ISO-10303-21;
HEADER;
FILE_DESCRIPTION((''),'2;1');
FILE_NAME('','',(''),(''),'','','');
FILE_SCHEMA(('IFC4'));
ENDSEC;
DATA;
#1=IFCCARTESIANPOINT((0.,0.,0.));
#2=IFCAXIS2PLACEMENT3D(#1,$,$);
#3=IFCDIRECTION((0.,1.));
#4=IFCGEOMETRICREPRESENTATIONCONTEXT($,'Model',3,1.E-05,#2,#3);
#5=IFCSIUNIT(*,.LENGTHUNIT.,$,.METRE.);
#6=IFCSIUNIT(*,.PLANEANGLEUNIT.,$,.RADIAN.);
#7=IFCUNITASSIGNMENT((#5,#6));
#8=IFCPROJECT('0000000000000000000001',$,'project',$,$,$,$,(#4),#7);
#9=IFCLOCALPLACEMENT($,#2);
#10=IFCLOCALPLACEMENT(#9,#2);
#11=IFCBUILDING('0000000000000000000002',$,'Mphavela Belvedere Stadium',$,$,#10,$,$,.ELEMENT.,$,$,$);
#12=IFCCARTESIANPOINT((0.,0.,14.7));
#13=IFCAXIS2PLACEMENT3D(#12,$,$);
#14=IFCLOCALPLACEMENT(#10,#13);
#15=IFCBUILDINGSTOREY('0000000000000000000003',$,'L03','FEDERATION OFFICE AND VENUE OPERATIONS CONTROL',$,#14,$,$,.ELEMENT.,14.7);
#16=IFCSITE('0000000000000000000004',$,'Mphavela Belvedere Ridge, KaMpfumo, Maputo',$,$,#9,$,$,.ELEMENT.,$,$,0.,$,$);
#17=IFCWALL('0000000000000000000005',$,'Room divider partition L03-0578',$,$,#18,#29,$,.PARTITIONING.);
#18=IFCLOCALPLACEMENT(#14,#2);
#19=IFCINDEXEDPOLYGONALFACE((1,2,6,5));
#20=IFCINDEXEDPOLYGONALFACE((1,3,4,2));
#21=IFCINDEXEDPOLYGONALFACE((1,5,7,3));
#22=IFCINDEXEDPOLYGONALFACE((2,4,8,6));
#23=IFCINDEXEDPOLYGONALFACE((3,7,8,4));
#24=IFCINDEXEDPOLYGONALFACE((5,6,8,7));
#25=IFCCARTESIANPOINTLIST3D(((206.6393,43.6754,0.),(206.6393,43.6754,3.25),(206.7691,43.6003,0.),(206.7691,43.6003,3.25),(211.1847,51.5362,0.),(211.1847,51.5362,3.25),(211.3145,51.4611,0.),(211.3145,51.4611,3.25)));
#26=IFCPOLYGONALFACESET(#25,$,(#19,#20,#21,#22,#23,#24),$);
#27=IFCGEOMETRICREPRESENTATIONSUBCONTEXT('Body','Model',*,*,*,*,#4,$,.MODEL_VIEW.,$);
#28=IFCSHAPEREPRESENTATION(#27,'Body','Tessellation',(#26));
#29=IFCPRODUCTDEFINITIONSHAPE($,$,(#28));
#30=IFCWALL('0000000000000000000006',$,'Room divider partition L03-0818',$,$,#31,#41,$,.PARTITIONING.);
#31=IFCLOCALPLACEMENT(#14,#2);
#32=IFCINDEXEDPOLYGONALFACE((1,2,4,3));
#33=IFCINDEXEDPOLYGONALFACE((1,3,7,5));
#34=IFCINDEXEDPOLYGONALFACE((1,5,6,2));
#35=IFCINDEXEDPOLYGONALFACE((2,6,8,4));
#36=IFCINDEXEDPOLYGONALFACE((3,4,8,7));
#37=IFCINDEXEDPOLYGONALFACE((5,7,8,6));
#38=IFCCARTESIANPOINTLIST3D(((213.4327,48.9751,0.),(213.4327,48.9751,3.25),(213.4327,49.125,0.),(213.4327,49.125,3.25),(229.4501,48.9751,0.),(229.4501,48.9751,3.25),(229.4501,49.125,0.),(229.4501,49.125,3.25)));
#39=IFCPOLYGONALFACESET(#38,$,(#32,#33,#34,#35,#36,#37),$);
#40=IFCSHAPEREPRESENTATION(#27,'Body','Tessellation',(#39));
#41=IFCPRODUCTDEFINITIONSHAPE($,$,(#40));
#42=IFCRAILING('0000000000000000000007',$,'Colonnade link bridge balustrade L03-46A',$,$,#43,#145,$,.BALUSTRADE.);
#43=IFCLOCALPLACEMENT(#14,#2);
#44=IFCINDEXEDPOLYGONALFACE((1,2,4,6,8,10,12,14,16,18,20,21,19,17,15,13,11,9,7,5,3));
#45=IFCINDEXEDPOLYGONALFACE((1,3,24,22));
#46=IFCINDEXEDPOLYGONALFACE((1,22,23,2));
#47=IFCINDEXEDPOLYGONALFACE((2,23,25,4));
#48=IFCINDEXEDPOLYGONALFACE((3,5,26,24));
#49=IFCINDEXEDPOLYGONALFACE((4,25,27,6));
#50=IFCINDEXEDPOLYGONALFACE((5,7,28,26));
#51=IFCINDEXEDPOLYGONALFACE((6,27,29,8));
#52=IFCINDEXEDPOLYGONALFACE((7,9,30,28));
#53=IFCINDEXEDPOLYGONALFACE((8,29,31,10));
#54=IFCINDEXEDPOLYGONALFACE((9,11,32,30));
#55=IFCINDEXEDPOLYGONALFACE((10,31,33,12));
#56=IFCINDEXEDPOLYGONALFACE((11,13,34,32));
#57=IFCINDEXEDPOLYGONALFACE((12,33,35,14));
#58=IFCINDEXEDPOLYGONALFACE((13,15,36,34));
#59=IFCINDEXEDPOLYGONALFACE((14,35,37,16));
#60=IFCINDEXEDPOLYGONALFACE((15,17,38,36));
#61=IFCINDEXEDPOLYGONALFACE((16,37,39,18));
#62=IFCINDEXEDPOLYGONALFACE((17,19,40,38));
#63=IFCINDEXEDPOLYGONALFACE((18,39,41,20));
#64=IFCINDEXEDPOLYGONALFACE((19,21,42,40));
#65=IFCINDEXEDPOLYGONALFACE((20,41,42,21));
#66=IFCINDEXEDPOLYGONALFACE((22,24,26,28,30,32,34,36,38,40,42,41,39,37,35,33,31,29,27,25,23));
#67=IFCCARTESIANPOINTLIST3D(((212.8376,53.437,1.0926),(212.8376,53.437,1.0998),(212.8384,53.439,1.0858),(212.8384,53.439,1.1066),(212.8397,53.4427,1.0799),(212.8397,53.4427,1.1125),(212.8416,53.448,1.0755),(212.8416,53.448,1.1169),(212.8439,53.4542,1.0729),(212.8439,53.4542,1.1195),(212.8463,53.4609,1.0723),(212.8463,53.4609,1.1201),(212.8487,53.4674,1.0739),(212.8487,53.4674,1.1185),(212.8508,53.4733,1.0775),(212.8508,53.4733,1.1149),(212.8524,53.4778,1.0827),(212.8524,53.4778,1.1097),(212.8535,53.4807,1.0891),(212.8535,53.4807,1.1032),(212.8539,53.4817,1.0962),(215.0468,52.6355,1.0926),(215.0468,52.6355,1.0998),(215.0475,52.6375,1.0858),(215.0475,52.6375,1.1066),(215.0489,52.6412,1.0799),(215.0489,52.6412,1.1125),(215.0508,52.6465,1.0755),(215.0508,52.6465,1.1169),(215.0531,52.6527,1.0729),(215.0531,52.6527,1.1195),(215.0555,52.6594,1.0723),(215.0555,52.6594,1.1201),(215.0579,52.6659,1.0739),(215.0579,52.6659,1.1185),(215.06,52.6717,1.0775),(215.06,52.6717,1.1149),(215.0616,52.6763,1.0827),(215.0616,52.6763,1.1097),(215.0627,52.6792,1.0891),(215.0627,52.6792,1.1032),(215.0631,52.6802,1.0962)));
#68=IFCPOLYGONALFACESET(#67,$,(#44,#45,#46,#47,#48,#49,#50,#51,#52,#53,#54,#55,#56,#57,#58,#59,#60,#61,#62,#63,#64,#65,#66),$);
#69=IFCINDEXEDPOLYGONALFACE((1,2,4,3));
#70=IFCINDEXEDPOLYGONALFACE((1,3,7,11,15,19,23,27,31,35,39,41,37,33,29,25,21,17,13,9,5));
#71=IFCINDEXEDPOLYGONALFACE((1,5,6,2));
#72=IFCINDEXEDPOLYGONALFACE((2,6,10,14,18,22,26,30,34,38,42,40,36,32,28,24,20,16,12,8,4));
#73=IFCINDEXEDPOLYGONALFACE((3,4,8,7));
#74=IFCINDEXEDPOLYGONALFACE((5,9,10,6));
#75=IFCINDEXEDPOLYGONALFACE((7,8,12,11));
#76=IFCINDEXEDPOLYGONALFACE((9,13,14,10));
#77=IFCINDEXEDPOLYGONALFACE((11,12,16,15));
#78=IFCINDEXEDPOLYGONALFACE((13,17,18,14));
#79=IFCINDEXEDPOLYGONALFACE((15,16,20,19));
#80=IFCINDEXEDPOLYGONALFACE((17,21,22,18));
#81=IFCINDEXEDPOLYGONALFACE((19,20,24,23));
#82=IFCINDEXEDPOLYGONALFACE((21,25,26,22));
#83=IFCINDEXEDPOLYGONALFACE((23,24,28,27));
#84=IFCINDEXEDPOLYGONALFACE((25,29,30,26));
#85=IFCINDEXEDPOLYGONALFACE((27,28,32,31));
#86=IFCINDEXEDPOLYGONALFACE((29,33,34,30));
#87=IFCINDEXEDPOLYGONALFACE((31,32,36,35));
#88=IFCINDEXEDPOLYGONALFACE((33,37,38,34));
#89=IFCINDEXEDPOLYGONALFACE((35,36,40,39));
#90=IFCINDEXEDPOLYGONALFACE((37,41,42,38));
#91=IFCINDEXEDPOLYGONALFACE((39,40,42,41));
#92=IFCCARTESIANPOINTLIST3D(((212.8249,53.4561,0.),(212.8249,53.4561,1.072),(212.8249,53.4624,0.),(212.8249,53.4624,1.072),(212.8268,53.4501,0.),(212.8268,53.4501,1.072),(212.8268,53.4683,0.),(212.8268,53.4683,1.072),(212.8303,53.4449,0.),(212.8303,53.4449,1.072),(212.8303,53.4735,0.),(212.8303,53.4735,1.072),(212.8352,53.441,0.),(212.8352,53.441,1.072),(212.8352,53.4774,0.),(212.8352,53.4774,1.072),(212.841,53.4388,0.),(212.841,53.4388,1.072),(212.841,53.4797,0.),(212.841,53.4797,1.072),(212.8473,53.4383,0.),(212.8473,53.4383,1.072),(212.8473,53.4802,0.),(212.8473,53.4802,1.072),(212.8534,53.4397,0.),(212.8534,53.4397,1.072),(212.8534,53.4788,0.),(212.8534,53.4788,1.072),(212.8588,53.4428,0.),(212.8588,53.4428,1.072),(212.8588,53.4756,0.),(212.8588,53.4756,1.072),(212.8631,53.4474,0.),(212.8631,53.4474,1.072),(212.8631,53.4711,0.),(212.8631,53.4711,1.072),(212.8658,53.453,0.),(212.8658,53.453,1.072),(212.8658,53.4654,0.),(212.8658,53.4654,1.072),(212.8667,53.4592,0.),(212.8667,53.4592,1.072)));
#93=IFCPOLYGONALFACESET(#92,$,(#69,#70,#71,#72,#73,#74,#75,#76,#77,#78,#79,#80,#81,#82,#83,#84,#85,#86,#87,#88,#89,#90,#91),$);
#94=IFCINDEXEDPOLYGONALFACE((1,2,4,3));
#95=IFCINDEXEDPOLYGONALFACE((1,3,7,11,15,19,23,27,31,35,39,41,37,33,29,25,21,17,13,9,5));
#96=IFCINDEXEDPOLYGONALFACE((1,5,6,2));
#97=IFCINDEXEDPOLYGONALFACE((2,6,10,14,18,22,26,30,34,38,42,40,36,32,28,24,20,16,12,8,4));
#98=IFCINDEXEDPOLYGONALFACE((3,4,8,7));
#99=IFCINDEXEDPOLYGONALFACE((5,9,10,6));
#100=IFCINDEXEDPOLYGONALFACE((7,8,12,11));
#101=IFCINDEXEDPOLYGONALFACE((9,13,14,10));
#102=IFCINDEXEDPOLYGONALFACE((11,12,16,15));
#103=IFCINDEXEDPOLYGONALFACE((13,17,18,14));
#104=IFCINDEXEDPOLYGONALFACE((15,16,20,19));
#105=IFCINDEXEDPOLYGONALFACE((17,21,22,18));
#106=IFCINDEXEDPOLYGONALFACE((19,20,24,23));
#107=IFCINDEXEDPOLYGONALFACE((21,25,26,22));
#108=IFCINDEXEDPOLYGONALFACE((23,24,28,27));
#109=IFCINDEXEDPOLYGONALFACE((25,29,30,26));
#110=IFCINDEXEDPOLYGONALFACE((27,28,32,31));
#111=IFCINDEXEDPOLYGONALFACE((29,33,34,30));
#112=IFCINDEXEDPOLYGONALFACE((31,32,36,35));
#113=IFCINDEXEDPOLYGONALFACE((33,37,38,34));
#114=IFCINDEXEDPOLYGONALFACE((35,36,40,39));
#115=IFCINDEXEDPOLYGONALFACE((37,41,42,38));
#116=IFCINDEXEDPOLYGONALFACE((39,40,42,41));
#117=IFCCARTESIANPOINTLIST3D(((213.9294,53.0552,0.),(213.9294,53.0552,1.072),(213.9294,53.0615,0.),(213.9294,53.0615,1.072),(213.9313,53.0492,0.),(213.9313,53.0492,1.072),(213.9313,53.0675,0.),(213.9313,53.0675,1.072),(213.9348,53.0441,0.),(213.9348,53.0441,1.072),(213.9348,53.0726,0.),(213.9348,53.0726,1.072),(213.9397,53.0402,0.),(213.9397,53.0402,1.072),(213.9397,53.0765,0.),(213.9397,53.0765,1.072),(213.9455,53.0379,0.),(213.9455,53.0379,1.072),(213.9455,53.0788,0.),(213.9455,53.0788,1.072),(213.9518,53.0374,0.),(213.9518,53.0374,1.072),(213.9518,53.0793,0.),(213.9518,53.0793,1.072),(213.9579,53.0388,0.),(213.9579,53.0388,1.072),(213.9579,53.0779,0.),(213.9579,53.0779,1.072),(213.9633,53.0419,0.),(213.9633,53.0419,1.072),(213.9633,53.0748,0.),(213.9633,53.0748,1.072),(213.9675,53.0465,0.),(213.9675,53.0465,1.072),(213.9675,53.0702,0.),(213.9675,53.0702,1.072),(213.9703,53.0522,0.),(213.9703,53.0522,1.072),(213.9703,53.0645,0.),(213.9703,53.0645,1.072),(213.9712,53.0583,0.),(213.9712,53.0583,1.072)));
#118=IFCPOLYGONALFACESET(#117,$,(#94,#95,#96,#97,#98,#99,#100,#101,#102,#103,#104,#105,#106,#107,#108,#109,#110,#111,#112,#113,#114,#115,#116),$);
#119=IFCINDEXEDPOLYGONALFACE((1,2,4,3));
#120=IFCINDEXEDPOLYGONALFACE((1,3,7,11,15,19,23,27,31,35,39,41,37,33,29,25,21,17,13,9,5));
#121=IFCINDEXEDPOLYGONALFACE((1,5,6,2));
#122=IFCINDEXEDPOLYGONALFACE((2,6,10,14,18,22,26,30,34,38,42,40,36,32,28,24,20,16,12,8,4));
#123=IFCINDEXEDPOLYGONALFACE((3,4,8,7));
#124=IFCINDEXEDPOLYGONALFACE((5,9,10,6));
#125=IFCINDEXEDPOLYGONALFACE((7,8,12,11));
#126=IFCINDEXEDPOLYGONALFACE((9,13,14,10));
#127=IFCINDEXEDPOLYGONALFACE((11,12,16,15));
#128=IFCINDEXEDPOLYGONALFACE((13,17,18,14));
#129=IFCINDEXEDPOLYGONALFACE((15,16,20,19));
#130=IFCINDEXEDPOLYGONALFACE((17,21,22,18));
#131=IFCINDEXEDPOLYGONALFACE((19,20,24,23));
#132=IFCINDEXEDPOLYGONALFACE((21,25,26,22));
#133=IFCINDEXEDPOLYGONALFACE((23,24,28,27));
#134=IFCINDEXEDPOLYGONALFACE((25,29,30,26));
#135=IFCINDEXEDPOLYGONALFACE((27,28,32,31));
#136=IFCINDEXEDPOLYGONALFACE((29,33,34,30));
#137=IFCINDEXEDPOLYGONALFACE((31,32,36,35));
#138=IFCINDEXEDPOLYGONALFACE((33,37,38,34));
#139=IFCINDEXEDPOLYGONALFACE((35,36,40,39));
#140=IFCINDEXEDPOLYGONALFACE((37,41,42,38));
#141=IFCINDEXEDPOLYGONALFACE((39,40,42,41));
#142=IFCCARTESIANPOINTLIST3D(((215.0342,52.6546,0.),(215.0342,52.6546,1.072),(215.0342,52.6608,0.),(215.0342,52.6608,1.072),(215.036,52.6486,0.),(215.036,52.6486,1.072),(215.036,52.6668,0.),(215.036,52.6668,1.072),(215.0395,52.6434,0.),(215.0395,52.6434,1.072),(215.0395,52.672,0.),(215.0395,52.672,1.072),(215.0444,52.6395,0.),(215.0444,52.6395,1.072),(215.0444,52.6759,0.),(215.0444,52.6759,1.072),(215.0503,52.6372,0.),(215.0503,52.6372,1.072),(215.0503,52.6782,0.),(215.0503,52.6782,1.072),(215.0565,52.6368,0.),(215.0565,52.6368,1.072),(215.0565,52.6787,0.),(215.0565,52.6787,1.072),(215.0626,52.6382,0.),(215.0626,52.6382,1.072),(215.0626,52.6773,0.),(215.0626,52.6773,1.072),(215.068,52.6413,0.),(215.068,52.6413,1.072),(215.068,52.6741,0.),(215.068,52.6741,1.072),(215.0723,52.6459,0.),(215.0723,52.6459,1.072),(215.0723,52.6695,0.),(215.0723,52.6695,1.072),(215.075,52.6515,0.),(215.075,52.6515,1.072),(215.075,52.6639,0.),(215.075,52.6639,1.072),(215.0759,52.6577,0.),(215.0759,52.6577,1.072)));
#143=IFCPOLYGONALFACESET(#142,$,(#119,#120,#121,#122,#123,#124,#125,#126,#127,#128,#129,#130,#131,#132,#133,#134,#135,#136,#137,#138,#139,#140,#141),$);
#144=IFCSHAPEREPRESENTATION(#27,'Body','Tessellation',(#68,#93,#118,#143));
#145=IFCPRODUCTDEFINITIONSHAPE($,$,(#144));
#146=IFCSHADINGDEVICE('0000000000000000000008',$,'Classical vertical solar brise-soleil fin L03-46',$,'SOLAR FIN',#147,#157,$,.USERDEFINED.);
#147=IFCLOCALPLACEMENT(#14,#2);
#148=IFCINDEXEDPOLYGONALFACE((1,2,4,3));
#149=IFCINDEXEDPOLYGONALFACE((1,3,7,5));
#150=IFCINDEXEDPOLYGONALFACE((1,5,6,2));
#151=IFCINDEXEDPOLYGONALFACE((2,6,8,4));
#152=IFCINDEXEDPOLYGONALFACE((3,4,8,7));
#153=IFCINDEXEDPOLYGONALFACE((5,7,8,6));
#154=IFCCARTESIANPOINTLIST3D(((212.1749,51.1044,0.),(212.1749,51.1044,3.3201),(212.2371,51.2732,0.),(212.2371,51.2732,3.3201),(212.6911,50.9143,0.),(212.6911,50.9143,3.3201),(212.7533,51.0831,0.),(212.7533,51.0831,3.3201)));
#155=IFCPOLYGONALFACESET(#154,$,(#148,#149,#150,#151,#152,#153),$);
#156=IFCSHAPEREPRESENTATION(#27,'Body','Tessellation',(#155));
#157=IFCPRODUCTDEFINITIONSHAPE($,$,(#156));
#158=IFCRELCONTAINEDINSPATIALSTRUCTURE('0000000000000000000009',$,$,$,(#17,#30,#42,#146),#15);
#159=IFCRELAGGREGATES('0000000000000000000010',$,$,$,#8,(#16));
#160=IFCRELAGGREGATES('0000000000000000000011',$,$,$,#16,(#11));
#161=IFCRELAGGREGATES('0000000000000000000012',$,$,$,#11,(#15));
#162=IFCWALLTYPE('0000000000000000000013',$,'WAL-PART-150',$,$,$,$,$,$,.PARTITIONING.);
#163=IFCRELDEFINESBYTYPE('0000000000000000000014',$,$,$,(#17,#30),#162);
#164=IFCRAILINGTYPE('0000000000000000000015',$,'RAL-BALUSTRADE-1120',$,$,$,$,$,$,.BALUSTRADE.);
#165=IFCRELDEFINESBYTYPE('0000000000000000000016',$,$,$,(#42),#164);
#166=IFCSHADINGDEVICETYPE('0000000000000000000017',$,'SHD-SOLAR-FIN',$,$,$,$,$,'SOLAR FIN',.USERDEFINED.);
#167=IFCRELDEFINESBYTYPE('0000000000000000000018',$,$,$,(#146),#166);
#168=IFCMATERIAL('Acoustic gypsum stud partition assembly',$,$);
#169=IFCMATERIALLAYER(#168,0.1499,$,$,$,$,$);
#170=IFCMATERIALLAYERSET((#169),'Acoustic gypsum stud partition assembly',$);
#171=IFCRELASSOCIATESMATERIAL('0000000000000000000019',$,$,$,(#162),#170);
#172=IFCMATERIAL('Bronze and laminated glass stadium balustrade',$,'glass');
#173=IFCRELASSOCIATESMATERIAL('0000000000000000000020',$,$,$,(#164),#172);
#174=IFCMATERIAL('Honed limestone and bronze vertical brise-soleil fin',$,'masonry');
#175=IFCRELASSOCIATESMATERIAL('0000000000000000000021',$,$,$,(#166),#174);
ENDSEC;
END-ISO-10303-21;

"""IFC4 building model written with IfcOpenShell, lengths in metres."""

from ifc_helpers import new_model, si_unit, direction, frame, frame_2d, origin, origin_2d, place, context, subcontext, project, spatial, rectangle, circle, extrude, material, layer, layer_set, type_object, element, save


model = new_model("IFC4")

# Units and contexts
model_context = context("Model", 3, precision=1e-05, world=origin(), true_north=direction((0.0, 1.0)))
body_context = subcontext(model_context, "Body", "Model", "MODEL_VIEW")
ifc_project = project(units=[si_unit("LENGTHUNIT", "METRE"), si_unit("PLANEANGLEUNIT", "RADIAN")], contexts=[model_context])

# Site, building, storey
site_placement = place(None, origin())
site = spatial("IfcSite", under=ifc_project, at=site_placement, Name="Mphavela Belvedere Ridge, KaMpfumo, Maputo", CompositionType="ELEMENT", RefElevation=0.0)
building_placement = place(site_placement, origin())
building = spatial("IfcBuilding", under=site, at=building_placement, Name="Mphavela Belvedere Stadium", CompositionType="ELEMENT")
storey_placement = place(building_placement, frame((0.0, 0.0, 14.7)))
storey = spatial("IfcBuildingStorey", under=building, at=storey_placement, Name="L03", Description="FEDERATION OFFICE AND VENUE OPERATIONS CONTROL", CompositionType="ELEMENT", Elevation=14.7)

# Walls
ifc_material_1 = material(Name="Acoustic gypsum stud partition assembly")
ifc_layer_1 = layer(ifc_material_1, 0.1499)
ifc_layer_set_1 = layer_set([ifc_layer_1], Name="Acoustic gypsum stud partition assembly")
wall_type_1 = type_object("IfcWallType", Name="WAL-PART-150", PredefinedType="PARTITIONING", material=ifc_layer_set_1)
wall_1_placement = place(storey_placement, frame((211.2495, 51.4985, 0.0), z_axis=(0.0, 0.0, 1.0), x_axis=(-0.500574, -0.865694, 0.0)))
element("IfcWall", 1, at=wall_1_placement, inside=storey, type_object=wall_type_1, Name="Room divider partition L03-0578", PredefinedType="PARTITIONING", context=body_context, shape_type="SweptSolid", body=[
    extrude(rectangle(XDim=9.0803, YDim=0.1499, at=frame_2d((4.54, 0.0))), origin(), (0.0, 0.0, 1.0), 3.25),
])
wall_2_placement = place(storey_placement, frame((213.4326, 49.05, 0.0), z_axis=(0.0, 0.0, 1.0), x_axis=(1.0, 0.0, 0.0)))
element("IfcWall", 2, at=wall_2_placement, inside=storey, type_object=wall_type_1, Name="Room divider partition L03-0818", PredefinedType="PARTITIONING", context=body_context, shape_type="SweptSolid", body=[
    extrude(rectangle(XDim=16.0173, YDim=0.1499, at=frame_2d((8.0088, 0.0))), origin(), (0.0, 0.0, 1.0), 3.25),
])

# Railing
ifc_material_2 = material(Name="Bronze and laminated glass stadium balustrade", Category="glass")
railing_type = type_object("IfcRailingType", Name="RAL-BALUSTRADE-1120", PredefinedType="BALUSTRADE", material=ifc_material_2)
railing_placement = place(storey_placement, frame((212.8457, 53.4592, 0.0)))
element("IfcRailing", 3, at=railing_placement, inside=storey, type_object=railing_type, Name="Colonnade link bridge balustrade L03-46A", PredefinedType="BALUSTRADE", context=body_context, shape_type="SweptSolid", body=[
    extrude(circle(Radius=0.0239, at=origin_2d()), frame((0.0, 0.0, 1.0962), z_axis=(0.940045, -0.341051, 0.0), x_axis=(0.341051, 0.940045, 0.0)), (0.0, 0.0, 1.0), 2.3501),
    extrude(circle(Radius=0.021, at=origin_2d()), origin(), (0.0, 0.0, 1.0), 1.072),
    extrude(circle(Radius=0.021, at=origin_2d()), frame((1.1045, -0.4009, 0.0)), (0.0, 0.0, 1.0), 1.072),
    extrude(circle(Radius=0.021, at=origin_2d()), frame((2.2092, -0.8015, 0.0)), (0.0, 0.0, 1.0), 1.072),
])

# Shading device
ifc_material_3 = material(Name="Honed limestone and bronze vertical brise-soleil fin", Category="masonry")
shading_device_type = type_object("IfcShadingDeviceType", Name="SHD-SOLAR-FIN", ElementType="SOLAR FIN", PredefinedType="USERDEFINED", material=ifc_material_3)
shading_device_placement = place(storey_placement, frame((212.4641, 51.0938, 0.0), z_axis=(0.0, 0.0, 1.0), x_axis=(0.938372, -0.345626, 0.0)))
element("IfcShadingDevice", 4, at=shading_device_placement, inside=storey, type_object=shading_device_type, Name="Classical vertical solar brise-soleil fin L03-46", ObjectType="SOLAR FIN", PredefinedType="USERDEFINED", context=body_context, shape_type="SweptSolid", body=[
    extrude(rectangle(XDim=0.55, YDim=0.1799, at=origin_2d()), origin(), (0.0, 0.0, 1.0), 3.3201),
])

save(model, "model.ifc")
